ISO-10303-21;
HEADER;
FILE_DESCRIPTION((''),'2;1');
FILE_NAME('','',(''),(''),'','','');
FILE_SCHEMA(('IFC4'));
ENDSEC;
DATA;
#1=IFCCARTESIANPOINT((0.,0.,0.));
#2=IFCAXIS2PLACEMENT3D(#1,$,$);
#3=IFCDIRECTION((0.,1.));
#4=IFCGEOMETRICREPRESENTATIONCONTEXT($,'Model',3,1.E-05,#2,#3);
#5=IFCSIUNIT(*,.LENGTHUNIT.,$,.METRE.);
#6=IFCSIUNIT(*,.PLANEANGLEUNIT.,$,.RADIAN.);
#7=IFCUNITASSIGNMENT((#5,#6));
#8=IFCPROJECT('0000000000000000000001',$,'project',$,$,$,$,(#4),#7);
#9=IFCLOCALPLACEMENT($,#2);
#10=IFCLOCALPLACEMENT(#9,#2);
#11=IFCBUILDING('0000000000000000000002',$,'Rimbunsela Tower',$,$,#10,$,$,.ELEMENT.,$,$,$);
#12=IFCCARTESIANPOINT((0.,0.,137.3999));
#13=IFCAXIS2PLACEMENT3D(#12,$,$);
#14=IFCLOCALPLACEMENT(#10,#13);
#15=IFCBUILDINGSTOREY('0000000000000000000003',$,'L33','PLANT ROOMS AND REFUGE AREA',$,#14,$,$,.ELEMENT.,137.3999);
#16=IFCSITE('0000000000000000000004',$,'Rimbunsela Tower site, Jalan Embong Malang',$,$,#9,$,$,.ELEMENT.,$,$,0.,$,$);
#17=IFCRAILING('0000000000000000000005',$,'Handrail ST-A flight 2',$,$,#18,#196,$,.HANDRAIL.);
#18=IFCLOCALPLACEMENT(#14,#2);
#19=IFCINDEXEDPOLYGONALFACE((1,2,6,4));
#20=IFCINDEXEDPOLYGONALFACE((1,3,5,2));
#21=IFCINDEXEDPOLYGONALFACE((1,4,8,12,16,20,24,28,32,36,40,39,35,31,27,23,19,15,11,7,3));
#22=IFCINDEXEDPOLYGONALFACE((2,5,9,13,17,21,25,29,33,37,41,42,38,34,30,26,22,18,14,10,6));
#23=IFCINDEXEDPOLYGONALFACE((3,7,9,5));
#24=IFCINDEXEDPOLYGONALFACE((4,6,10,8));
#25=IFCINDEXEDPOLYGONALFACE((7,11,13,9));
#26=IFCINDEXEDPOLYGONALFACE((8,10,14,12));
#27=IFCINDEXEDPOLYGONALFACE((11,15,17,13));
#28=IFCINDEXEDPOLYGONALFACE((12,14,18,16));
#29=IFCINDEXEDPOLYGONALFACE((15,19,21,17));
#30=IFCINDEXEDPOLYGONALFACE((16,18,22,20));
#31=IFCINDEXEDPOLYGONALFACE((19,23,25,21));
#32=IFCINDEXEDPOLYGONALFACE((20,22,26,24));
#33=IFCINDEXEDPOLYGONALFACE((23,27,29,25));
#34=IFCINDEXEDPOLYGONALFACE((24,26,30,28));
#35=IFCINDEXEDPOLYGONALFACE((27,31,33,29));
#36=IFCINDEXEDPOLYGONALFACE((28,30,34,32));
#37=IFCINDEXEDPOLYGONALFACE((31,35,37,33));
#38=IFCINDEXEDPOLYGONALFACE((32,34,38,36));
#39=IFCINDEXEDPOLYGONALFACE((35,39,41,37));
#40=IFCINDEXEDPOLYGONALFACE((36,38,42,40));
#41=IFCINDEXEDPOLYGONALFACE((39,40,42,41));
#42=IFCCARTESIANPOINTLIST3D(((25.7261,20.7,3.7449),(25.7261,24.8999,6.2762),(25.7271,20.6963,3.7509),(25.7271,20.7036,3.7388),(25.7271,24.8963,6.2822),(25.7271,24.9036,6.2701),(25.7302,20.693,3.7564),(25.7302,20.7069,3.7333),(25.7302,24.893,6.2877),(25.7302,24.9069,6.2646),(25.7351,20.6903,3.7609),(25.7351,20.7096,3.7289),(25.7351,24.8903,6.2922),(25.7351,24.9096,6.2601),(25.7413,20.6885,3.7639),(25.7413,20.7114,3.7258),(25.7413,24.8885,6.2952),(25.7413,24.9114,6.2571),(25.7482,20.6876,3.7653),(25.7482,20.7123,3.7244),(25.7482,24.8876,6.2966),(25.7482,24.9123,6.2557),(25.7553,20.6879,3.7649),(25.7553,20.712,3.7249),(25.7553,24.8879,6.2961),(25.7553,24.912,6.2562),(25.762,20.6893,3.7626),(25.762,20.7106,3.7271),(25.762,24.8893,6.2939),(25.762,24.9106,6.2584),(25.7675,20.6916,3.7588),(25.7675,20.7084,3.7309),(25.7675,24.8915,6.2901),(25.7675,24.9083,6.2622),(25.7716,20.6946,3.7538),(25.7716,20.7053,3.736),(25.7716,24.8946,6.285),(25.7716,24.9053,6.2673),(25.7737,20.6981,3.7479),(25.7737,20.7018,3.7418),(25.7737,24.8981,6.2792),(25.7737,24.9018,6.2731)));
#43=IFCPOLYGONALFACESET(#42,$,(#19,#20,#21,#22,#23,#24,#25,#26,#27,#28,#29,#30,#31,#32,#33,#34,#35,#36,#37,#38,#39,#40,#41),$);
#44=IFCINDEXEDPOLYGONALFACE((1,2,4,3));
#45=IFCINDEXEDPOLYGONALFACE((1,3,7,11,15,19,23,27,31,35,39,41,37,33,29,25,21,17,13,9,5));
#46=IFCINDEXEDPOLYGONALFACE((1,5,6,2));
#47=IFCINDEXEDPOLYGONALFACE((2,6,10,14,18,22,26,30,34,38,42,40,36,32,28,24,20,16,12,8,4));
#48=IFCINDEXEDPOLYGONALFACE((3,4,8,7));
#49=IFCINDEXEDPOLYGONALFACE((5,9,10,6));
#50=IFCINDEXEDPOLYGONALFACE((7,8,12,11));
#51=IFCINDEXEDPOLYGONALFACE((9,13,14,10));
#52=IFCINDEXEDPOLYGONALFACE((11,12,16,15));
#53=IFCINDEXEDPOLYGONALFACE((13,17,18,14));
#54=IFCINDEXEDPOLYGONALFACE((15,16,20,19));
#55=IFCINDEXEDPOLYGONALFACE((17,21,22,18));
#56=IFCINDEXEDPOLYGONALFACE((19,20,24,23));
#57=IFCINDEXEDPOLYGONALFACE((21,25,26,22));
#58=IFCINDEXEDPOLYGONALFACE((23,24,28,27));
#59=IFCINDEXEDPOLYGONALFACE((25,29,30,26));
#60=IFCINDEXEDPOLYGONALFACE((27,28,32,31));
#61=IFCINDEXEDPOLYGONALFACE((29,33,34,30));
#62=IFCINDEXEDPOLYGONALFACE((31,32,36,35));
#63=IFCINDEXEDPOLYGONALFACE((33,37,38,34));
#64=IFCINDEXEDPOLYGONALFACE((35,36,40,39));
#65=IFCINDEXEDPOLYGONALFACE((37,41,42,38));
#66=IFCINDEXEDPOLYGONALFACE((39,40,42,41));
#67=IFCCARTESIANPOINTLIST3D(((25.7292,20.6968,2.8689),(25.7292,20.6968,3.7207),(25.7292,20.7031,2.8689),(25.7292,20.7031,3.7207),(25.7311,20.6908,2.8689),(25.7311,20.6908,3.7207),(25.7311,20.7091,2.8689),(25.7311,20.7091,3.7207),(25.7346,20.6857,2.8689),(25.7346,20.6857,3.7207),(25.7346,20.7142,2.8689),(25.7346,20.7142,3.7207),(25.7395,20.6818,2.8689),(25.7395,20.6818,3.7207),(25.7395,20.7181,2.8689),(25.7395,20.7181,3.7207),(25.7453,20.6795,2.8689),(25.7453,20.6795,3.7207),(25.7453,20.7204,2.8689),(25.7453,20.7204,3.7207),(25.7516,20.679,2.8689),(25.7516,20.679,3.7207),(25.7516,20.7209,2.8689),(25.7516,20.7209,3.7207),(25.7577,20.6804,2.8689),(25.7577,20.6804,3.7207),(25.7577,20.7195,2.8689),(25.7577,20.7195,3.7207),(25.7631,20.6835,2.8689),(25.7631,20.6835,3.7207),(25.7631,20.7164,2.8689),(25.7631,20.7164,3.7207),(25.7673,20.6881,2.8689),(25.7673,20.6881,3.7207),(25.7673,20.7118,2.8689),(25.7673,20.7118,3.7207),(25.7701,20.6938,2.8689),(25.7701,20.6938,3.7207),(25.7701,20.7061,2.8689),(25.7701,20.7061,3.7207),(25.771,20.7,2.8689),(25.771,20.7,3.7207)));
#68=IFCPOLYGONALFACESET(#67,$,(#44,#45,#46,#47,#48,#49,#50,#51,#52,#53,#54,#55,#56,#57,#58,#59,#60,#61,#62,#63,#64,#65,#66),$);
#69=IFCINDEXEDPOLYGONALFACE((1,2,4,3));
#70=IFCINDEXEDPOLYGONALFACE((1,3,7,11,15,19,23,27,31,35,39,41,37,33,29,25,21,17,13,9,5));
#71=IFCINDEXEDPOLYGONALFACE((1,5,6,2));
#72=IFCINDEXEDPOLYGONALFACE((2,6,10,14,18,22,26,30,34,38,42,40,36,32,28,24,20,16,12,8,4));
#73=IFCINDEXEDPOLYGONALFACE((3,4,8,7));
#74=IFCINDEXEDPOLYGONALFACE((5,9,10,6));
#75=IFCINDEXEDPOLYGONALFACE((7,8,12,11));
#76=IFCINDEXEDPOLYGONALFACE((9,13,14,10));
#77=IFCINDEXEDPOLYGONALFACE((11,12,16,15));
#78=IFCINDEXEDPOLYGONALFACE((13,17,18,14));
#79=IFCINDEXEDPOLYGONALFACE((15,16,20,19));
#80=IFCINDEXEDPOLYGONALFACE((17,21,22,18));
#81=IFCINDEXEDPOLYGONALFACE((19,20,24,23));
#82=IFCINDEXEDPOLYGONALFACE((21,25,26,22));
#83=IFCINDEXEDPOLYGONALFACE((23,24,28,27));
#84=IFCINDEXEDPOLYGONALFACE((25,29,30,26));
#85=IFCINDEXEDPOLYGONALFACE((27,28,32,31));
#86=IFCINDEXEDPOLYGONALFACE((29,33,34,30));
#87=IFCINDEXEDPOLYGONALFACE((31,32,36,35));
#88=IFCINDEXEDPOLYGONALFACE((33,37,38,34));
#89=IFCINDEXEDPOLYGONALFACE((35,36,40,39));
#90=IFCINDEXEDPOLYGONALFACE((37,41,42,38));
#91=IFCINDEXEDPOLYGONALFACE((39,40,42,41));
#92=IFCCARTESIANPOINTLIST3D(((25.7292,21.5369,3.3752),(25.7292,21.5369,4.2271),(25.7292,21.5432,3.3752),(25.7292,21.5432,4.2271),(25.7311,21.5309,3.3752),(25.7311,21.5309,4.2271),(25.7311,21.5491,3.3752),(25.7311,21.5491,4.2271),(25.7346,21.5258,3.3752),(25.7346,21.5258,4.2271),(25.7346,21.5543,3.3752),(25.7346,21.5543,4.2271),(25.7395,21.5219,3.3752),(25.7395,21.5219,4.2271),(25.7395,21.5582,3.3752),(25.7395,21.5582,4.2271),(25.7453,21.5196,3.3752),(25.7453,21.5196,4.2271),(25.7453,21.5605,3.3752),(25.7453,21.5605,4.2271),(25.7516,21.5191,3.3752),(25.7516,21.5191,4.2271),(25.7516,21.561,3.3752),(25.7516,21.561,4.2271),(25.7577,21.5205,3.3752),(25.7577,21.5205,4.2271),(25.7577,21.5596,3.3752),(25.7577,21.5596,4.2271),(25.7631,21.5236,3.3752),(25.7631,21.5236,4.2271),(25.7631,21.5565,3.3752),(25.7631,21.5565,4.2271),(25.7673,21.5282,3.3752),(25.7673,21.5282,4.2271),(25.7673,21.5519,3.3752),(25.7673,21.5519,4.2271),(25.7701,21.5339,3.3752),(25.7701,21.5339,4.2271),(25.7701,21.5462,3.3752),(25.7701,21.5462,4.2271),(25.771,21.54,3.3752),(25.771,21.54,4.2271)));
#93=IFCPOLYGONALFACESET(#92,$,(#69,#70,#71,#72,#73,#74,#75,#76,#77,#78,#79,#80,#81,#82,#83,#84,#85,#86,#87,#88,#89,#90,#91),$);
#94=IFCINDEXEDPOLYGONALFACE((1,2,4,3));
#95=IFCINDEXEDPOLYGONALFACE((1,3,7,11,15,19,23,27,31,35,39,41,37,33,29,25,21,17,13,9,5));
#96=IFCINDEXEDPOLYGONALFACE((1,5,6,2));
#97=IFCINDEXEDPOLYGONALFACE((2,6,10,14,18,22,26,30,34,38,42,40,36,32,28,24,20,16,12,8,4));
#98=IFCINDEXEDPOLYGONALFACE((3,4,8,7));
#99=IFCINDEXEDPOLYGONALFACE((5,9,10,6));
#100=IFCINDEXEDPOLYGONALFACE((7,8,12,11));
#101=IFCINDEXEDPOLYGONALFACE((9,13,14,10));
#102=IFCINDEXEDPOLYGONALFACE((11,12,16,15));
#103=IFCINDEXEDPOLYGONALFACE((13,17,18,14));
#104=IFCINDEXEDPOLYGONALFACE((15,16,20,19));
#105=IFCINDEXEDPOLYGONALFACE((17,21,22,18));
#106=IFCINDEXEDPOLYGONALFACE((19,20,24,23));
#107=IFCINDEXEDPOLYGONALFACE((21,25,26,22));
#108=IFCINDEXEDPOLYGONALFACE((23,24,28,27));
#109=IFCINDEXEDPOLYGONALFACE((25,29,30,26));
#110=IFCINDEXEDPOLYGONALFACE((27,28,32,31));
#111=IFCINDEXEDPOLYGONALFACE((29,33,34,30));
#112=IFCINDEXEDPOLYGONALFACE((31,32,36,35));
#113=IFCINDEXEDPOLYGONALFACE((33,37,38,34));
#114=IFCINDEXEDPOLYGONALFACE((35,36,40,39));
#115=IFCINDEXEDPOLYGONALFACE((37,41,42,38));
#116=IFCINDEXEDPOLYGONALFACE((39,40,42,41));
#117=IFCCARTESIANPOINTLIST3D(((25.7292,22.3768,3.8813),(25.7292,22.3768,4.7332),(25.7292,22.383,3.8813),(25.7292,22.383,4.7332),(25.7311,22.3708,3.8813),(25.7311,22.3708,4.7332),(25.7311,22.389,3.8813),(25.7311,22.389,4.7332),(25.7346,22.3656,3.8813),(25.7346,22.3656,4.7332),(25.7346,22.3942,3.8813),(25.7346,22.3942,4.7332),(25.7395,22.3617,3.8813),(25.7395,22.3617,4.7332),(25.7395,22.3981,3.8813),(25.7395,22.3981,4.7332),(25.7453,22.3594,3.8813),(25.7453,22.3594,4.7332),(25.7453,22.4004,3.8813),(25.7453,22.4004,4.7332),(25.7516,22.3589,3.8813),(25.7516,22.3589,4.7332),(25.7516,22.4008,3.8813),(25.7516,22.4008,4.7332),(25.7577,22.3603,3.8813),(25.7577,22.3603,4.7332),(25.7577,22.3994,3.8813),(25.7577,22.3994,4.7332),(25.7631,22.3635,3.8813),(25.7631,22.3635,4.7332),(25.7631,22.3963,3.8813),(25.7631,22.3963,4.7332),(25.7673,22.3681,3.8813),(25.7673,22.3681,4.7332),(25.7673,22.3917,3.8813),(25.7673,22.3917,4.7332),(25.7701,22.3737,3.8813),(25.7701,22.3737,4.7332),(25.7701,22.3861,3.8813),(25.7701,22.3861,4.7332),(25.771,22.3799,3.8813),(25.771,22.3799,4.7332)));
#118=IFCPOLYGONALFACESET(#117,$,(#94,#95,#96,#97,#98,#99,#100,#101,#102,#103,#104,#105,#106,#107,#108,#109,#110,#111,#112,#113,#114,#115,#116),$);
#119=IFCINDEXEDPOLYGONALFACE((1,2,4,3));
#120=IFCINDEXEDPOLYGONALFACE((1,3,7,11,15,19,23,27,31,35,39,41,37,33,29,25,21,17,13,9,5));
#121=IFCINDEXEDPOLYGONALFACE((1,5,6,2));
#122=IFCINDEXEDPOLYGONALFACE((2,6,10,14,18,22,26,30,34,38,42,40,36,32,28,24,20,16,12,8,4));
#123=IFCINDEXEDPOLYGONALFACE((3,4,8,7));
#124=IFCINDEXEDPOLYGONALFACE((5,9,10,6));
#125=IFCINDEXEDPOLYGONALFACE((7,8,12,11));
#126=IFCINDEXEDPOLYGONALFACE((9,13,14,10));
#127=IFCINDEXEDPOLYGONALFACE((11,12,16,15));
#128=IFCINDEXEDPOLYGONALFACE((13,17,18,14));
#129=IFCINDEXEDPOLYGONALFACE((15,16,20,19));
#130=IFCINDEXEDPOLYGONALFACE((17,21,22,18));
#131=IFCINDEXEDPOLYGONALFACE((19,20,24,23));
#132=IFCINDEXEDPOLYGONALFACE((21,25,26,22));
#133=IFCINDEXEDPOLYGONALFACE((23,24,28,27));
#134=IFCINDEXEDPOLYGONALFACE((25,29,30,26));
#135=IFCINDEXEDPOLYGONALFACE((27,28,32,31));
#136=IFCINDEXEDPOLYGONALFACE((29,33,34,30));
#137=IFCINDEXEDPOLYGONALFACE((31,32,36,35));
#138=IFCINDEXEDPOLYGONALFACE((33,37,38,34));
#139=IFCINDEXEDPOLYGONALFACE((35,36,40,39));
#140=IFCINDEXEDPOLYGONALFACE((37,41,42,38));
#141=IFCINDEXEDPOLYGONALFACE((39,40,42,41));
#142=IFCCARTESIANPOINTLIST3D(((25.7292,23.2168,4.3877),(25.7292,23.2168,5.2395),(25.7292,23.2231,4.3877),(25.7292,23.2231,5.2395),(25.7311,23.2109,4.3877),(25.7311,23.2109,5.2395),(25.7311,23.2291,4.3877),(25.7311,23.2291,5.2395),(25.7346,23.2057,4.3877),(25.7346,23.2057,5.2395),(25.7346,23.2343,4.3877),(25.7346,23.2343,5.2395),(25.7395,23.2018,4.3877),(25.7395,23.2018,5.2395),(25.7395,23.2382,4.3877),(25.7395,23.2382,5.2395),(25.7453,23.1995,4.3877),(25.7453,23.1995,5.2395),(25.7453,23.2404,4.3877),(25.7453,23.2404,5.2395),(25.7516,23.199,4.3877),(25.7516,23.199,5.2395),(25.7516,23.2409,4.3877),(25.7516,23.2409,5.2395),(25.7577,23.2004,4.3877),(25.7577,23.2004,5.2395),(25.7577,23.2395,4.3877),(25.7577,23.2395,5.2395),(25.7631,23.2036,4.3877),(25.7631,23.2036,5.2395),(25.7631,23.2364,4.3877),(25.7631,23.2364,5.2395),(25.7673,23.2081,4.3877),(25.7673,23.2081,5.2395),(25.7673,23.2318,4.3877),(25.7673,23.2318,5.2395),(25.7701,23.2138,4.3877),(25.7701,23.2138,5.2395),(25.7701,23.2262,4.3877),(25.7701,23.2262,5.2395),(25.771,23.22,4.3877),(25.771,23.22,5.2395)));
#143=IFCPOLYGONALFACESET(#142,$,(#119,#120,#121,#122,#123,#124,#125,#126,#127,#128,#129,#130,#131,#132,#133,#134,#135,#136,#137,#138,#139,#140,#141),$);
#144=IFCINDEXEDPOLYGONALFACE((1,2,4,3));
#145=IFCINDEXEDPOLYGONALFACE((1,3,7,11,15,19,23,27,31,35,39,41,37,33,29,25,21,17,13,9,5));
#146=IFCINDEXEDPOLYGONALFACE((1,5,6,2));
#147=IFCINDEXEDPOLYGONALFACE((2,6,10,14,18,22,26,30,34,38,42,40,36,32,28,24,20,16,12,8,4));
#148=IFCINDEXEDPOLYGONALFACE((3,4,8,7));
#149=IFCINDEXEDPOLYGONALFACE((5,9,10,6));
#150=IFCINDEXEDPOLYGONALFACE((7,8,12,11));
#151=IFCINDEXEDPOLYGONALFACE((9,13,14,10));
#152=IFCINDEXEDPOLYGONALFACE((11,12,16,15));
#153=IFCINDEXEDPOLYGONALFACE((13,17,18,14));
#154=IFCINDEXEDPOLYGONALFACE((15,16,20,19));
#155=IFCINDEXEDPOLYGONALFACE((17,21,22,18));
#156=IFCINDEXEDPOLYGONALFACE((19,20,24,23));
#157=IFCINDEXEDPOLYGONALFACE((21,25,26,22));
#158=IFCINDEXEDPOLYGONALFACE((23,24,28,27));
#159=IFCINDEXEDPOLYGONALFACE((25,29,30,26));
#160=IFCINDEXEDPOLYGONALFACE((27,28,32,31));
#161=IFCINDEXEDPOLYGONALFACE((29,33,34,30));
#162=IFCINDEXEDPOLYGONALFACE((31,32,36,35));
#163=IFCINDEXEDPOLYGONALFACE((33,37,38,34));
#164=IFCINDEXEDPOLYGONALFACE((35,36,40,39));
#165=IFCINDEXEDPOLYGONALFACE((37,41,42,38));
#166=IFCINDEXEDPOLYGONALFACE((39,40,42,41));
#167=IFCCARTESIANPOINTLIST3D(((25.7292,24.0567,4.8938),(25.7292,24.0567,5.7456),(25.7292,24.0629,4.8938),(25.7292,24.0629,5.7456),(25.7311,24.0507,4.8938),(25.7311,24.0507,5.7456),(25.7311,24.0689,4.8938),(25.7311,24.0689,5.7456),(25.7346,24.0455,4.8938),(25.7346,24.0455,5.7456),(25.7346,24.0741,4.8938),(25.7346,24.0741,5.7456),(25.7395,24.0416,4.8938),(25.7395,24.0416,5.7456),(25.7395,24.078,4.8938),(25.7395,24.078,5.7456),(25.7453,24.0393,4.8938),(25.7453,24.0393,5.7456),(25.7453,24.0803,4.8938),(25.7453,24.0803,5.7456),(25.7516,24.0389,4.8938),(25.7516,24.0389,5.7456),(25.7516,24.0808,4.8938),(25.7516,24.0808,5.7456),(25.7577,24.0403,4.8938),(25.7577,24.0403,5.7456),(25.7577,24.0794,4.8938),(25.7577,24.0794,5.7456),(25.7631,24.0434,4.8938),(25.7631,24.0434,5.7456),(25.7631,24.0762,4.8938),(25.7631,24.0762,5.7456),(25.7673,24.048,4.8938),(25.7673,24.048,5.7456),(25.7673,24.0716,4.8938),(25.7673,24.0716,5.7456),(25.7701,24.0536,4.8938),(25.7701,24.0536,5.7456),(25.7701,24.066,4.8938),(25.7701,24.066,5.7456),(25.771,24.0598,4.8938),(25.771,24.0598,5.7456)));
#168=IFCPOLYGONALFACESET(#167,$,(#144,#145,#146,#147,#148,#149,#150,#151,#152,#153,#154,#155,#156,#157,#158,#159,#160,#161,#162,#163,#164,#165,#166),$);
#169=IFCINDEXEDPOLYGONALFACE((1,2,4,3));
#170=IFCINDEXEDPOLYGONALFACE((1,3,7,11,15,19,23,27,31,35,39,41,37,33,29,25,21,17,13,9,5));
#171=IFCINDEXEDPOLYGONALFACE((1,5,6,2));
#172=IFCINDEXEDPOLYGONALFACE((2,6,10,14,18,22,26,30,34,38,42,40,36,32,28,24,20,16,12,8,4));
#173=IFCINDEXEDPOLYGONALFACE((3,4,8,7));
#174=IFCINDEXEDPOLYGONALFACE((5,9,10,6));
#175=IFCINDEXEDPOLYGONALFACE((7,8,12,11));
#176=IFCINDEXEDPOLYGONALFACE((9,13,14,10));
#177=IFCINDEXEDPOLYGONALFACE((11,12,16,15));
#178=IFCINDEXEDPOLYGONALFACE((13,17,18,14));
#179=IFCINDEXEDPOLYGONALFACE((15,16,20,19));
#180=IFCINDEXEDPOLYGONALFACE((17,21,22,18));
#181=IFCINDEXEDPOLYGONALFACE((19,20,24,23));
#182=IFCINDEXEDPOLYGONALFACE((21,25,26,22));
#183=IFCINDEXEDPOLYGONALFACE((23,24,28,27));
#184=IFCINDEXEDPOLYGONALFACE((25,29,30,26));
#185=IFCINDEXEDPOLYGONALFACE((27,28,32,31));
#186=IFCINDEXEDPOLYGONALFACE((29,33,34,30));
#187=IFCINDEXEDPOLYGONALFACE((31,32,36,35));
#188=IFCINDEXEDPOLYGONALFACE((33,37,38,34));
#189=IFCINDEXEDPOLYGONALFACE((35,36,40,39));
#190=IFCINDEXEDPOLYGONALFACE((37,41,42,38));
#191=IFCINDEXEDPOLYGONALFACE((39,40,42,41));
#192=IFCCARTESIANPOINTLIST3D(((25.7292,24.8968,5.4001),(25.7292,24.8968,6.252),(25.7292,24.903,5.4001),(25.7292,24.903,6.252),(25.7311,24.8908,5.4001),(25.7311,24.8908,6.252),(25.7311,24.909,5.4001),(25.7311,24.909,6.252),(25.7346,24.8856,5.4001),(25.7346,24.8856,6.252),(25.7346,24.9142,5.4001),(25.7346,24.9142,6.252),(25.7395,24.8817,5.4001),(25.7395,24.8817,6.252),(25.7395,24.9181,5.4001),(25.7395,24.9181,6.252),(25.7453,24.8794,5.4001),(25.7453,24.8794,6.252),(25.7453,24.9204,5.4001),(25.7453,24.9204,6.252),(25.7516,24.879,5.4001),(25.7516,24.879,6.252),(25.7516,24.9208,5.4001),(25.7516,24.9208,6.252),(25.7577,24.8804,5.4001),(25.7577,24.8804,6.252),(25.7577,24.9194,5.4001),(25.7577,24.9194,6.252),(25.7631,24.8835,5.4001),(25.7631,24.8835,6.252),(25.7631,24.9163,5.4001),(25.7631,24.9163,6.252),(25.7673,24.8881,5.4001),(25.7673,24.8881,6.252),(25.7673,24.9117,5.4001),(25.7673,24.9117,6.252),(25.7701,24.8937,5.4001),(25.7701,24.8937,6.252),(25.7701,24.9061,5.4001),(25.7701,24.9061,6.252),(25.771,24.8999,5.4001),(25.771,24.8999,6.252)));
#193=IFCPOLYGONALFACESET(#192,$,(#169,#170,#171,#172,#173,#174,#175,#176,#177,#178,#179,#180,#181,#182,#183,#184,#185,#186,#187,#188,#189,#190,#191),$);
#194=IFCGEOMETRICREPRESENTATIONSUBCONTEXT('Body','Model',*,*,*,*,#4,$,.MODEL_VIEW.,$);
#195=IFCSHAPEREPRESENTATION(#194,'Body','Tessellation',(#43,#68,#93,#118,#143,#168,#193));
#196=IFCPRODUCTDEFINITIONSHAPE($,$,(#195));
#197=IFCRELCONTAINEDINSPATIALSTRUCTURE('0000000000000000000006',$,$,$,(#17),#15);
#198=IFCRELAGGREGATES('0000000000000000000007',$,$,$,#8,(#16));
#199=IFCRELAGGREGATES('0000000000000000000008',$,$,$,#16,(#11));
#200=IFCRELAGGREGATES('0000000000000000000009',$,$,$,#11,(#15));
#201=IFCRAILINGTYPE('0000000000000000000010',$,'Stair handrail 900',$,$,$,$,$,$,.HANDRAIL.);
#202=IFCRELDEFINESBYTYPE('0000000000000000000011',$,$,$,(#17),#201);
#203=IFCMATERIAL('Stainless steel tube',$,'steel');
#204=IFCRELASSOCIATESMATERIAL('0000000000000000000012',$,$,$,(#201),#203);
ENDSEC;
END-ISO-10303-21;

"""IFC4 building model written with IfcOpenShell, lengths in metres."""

from ifc_helpers import new_model, si_unit, direction, frame, origin, origin_2d, place, context, subcontext, project, spatial, circle, extrude, material, type_object, element, save


model = new_model("IFC4")

# Units and contexts
model_context = context("Model", 3, precision=1e-05, world=origin(), true_north=direction((0.0, 1.0)))
body_context = subcontext(model_context, "Body", "Model", "MODEL_VIEW")
ifc_project = project(units=[si_unit("LENGTHUNIT", "METRE"), si_unit("PLANEANGLEUNIT", "RADIAN")], contexts=[model_context])

# Site, building, storey
site_placement = place(None, origin())
site = spatial("IfcSite", under=ifc_project, at=site_placement, Name="Rimbunsela Tower site, Jalan Embong Malang", CompositionType="ELEMENT", RefElevation=0.0)
building_placement = place(site_placement, origin())
building = spatial("IfcBuilding", under=site, at=building_placement, Name="Rimbunsela Tower", CompositionType="ELEMENT")
storey_placement = place(building_placement, frame((0.0, 0.0, 137.3999)))
storey = spatial("IfcBuildingStorey", under=building, at=storey_placement, Name="L33", Description="PLANT ROOMS AND REFUGE AREA", CompositionType="ELEMENT", Elevation=137.3999)

# Railing
ifc_material_1 = material(Name="Stainless steel tube", Category="steel")
railing_type = type_object("IfcRailingType", Name="Stair handrail 900", PredefinedType="HANDRAIL", material=ifc_material_1)
for number, where, name in (
    (1, (25.75, 20.7, 2.8689), "Handrail ST-A flight 2"),
):
    element("IfcRailing", number, at=place(storey_placement, frame(where)), inside=storey, type_object=railing_type, Name=name, PredefinedType="HANDRAIL", context=body_context, shape_type="SweptSolid", body=[
        extrude(circle(Radius=0.0239, at=origin_2d()), frame((0.0, 0.0, 0.876), z_axis=(0.0, 0.856476, 0.516186), x_axis=(-1.0, 0.0, 0.0)), (0.0, 0.0, 1.0), 4.9038),
        extrude(circle(Radius=0.021, at=origin_2d()), origin(), (0.0, 0.0, 1.0), 0.8518),
        extrude(circle(Radius=0.021, at=origin_2d()), frame((0.0, 0.8401, 0.5063)), (0.0, 0.0, 1.0), 0.8518),
        extrude(circle(Radius=0.021, at=origin_2d()), frame((0.0, 1.6799, 1.0125)), (0.0, 0.0, 1.0), 0.8518),
        extrude(circle(Radius=0.021, at=origin_2d()), frame((0.0, 2.52, 1.5188)), (0.0, 0.0, 1.0), 0.8518),
        extrude(circle(Radius=0.021, at=origin_2d()), frame((0.0, 3.3599, 2.0249)), (0.0, 0.0, 1.0), 0.8518),
        extrude(circle(Radius=0.021, at=origin_2d()), frame((0.0, 4.2, 2.5312)), (0.0, 0.0, 1.0), 0.8518),
    ])

save(model, "model.ifc")
